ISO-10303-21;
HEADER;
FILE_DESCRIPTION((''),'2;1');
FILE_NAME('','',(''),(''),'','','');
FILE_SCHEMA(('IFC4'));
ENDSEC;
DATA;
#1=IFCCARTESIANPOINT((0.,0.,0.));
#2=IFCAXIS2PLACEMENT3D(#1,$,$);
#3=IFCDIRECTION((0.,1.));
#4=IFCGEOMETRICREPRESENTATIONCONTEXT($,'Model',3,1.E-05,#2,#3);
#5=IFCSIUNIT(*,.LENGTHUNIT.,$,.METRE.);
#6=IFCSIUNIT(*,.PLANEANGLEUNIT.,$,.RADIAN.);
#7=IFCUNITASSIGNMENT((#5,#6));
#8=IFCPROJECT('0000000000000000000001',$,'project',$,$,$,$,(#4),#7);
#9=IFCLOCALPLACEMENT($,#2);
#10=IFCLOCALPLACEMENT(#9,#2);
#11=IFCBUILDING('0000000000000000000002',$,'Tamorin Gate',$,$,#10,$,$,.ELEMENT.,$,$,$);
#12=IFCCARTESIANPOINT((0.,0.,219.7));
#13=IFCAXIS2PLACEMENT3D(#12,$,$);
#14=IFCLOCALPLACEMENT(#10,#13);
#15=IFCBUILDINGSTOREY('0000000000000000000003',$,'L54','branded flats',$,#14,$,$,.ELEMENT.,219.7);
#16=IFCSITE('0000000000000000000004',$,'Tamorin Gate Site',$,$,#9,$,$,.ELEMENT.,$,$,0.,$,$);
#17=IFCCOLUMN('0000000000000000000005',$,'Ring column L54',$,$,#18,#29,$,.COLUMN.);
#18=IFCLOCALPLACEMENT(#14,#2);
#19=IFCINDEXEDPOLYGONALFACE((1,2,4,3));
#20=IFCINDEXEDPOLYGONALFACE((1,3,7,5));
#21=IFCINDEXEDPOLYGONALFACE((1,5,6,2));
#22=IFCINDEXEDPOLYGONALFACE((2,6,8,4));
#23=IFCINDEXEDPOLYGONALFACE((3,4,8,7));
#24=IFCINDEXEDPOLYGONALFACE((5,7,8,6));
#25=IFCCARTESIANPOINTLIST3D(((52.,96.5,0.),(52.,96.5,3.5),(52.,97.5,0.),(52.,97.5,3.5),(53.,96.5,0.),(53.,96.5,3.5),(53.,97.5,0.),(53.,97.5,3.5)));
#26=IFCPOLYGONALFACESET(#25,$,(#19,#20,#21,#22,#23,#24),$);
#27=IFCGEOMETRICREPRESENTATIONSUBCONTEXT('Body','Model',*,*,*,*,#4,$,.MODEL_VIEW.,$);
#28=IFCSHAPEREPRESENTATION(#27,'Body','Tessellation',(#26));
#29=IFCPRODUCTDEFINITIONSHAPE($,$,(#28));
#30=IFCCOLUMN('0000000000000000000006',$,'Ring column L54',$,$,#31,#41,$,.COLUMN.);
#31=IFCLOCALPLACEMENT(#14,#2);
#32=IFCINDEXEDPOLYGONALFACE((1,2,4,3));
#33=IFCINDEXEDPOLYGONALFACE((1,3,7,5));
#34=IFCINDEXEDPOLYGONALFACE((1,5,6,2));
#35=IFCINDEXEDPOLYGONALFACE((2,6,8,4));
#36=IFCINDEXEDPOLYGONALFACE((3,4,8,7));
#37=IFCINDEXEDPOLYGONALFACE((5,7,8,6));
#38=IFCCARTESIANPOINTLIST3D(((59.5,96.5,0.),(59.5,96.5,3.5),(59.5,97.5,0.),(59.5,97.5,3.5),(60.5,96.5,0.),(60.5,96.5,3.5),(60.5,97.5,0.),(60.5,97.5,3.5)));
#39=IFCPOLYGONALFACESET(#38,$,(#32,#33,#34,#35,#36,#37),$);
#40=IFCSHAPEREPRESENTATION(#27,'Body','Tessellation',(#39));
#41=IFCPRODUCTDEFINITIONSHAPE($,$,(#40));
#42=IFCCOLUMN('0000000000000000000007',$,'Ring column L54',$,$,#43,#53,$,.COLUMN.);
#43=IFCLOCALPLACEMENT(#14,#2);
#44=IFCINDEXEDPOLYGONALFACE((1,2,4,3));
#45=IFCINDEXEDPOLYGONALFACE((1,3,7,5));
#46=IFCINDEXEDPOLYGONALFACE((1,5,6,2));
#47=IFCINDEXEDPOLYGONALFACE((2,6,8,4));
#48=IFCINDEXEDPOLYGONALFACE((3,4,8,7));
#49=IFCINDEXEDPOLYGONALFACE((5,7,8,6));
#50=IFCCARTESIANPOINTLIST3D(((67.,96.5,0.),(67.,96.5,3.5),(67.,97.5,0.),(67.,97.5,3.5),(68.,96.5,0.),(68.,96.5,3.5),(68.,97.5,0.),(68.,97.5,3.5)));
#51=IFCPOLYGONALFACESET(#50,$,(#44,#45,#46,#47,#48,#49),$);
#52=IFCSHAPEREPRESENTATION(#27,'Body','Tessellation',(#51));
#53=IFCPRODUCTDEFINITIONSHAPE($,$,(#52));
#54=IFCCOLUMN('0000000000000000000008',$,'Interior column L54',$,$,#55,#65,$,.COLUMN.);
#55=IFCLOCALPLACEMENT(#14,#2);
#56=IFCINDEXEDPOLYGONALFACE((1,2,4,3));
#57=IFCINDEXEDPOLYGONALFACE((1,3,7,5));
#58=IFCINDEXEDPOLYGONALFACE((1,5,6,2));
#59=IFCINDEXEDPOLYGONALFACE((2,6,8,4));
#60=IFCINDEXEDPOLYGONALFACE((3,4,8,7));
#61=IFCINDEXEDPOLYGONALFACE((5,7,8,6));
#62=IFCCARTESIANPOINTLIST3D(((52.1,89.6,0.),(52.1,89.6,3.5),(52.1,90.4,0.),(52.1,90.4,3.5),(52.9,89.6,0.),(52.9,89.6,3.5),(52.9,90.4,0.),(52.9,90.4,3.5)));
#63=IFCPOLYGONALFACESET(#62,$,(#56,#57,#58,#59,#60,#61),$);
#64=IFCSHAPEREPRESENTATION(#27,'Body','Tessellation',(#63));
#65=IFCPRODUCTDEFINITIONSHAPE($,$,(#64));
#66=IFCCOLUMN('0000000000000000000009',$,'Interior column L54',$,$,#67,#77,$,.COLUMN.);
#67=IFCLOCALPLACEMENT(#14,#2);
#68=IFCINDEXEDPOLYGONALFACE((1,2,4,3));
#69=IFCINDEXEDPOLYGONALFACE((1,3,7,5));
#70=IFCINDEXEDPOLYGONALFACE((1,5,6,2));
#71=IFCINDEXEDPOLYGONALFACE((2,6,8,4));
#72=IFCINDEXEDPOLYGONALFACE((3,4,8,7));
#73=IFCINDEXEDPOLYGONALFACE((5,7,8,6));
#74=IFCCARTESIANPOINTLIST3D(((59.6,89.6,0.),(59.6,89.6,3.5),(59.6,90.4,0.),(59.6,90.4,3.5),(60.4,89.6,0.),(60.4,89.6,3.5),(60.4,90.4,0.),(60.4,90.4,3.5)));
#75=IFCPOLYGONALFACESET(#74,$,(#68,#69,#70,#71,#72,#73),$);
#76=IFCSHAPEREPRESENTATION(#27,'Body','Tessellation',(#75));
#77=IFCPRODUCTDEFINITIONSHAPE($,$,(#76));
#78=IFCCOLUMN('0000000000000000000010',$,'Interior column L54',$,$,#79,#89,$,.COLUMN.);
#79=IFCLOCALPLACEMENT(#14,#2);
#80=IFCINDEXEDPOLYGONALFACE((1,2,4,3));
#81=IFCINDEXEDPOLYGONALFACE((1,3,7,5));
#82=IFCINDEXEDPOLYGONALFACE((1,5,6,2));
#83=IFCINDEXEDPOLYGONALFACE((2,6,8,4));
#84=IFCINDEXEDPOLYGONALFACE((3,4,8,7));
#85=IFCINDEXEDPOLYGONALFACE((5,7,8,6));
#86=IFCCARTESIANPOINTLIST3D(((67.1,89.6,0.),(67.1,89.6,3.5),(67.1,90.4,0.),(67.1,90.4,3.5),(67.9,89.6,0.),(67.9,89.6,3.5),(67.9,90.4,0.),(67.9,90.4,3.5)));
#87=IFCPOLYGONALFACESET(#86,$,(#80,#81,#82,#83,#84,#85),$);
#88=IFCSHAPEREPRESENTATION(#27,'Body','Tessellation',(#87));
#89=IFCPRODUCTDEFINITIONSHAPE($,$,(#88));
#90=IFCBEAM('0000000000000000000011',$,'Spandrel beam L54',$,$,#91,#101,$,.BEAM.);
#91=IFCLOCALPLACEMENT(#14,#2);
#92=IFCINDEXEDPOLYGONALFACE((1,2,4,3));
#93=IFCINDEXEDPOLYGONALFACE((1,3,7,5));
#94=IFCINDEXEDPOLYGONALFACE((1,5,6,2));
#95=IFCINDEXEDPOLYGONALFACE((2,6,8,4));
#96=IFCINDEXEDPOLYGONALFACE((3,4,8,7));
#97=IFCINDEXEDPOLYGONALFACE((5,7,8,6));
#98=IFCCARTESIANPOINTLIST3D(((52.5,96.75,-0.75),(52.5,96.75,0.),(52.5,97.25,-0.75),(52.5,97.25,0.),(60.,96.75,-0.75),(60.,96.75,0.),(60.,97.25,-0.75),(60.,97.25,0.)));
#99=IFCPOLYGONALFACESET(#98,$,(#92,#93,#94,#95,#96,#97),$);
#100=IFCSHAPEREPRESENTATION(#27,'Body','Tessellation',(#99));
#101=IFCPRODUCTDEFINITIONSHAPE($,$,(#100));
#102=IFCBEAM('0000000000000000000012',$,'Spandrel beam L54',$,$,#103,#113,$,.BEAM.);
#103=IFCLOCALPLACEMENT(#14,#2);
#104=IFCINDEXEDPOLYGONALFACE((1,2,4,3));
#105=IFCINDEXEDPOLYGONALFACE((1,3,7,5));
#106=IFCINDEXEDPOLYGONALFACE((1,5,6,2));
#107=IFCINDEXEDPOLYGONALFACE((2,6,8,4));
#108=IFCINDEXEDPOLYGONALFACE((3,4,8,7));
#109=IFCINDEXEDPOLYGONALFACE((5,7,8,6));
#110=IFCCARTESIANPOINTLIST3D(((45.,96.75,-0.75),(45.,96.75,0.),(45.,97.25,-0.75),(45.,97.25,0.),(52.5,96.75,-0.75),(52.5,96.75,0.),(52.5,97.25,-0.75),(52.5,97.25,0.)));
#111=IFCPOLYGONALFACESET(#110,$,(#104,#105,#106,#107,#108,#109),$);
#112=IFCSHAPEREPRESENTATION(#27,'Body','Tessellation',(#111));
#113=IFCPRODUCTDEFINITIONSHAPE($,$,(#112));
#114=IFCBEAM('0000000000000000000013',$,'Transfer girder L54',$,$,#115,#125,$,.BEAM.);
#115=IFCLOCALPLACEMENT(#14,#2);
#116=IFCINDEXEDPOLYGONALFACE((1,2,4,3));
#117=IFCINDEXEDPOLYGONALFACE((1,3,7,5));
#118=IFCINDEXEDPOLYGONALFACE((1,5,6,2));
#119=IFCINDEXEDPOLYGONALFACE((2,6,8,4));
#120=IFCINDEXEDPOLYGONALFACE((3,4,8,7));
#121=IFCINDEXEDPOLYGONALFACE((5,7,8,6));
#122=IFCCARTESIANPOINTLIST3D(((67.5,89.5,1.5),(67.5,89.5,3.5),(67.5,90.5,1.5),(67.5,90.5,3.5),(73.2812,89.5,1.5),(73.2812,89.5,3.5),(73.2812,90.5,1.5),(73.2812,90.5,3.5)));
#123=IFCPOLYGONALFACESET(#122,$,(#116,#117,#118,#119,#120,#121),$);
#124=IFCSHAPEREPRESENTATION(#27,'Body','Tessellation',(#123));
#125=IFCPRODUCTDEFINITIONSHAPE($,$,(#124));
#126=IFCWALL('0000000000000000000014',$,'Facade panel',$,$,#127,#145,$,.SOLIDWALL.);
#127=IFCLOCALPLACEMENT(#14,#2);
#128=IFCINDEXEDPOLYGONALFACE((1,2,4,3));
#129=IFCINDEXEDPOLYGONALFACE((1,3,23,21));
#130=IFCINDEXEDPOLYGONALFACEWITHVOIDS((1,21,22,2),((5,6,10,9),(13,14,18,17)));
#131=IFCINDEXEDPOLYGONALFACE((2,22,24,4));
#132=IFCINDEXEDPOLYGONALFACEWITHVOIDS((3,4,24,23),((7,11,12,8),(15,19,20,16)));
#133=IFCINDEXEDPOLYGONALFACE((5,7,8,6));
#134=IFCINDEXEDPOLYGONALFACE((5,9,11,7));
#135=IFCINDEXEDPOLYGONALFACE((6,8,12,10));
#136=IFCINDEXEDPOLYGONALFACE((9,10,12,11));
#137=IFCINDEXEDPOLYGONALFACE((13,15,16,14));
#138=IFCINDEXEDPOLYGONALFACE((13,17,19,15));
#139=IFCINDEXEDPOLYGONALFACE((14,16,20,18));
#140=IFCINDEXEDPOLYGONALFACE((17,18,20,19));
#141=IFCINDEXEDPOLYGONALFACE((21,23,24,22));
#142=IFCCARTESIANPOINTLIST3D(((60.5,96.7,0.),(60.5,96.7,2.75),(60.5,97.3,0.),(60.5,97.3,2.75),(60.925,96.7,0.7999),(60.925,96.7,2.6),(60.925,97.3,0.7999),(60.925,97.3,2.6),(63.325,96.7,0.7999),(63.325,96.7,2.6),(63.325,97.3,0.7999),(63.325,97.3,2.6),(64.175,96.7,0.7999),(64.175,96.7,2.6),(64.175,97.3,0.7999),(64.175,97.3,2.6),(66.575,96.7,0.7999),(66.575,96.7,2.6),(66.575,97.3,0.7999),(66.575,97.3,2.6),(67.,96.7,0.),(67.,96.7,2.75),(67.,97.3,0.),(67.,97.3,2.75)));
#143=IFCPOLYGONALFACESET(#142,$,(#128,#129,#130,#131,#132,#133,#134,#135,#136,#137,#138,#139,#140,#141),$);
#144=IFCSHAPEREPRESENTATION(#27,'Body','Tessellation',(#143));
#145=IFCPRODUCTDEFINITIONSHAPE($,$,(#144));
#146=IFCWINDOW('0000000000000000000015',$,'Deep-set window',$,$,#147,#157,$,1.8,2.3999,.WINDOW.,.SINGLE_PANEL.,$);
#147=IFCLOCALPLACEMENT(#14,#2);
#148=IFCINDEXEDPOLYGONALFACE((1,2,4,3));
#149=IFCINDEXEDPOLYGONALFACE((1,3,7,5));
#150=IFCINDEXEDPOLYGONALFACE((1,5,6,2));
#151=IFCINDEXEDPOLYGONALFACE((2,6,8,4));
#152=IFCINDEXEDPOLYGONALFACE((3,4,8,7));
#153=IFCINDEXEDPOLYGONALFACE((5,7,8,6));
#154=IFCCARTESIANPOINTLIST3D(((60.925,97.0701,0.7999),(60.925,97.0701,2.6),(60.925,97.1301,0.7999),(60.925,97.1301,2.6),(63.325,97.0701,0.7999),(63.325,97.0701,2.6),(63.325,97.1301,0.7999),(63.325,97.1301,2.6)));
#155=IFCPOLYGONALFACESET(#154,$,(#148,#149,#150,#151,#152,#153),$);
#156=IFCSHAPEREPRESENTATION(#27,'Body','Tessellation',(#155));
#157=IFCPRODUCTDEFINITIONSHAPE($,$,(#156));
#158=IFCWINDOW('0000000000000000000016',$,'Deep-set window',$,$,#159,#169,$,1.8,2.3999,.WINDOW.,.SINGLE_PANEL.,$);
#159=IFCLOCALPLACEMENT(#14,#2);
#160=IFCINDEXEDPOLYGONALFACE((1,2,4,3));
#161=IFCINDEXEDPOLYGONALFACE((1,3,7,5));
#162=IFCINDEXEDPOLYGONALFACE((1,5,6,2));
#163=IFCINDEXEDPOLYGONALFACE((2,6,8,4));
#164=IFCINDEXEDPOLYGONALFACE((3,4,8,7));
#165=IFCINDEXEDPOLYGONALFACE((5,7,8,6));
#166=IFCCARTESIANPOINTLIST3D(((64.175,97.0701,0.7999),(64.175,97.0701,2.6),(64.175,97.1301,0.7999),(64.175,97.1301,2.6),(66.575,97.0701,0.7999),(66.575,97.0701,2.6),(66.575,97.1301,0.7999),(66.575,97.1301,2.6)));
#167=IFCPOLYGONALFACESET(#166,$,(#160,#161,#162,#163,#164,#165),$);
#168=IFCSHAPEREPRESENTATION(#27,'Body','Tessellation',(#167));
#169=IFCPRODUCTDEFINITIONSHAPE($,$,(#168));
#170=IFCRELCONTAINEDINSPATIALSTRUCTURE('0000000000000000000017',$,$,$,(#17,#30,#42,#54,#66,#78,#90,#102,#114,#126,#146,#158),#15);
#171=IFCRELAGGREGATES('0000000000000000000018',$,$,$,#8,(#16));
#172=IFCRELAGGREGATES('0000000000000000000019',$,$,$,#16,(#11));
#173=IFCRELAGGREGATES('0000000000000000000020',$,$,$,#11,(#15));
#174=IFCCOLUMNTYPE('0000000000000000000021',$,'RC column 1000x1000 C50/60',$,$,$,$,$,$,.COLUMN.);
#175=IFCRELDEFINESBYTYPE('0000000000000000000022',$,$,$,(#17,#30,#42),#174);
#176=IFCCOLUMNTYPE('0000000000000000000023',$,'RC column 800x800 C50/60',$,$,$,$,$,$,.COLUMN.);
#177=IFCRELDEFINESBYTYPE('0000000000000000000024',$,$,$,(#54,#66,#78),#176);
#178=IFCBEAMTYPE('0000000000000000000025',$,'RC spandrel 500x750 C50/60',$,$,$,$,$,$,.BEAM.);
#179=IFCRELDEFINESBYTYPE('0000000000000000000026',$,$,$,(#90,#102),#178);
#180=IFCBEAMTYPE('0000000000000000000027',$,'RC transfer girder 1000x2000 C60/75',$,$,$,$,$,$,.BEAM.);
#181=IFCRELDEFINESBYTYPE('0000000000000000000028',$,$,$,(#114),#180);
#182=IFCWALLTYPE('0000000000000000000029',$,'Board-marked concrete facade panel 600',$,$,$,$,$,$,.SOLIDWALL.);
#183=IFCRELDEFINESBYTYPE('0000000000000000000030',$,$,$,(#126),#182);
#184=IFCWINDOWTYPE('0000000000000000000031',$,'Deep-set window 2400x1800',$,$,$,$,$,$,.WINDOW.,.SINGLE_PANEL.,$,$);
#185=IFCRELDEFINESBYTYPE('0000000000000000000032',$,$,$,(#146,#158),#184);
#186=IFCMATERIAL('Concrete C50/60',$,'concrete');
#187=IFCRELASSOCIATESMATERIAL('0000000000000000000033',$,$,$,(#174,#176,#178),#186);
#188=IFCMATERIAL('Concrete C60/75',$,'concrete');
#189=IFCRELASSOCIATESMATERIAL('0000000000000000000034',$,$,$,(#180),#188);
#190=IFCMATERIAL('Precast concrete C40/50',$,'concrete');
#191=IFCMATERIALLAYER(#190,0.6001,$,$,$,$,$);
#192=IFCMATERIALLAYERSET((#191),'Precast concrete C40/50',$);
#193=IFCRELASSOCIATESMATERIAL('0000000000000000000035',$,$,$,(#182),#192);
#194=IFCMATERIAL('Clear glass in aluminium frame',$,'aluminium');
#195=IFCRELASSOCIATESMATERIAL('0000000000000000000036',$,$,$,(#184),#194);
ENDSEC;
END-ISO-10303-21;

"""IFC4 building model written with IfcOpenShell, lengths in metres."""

from ifc_helpers import new_model, si_unit, direction, frame, frame_2d, origin, origin_2d, place, context, subcontext, project, spatial, rectangle, extrude, material, layer, layer_set, material_profile, profile_set, type_object, element, fill, save


model = new_model("IFC4")

# Units and contexts
model_context = context("Model", 3, precision=1e-05, world=origin(), true_north=direction((0.0, 1.0)))
body_context = subcontext(model_context, "Body", "Model", "MODEL_VIEW")
ifc_project = project(units=[si_unit("LENGTHUNIT", "METRE"), si_unit("PLANEANGLEUNIT", "RADIAN")], contexts=[model_context])

# Site, building, storey
site_placement = place(None, origin())
site = spatial("IfcSite", under=ifc_project, at=site_placement, Name="Tamorin Gate Site", CompositionType="ELEMENT", RefElevation=0.0)
building_placement = place(site_placement, origin())
building = spatial("IfcBuilding", under=site, at=building_placement, Name="Tamorin Gate", CompositionType="ELEMENT")
storey_placement = place(building_placement, frame((0.0, 0.0, 219.7)))
storey = spatial("IfcBuildingStorey", under=building, at=storey_placement, Name="L54", Description="branded flats", CompositionType="ELEMENT", Elevation=219.7)

# Columns
ifc_material_1 = material(Name="Concrete C50/60", Category="concrete")
ifc_material_profile_1 = material_profile(ifc_material_1, rectangle(XDim=1.0, YDim=1.0, at=origin_2d()), Name="RC 1000x1000")
ifc_profile_set_1 = profile_set([ifc_material_profile_1], Name="Concrete C50/60")
column_type_1 = type_object("IfcColumnType", Name="RC column 1000x1000 C50/60", PredefinedType="COLUMN", material=ifc_profile_set_1)
for number, where, z_axis, x_axis, name in (
    (1, (52.5, 97.0, 0.0), (0.0, 0.0, 1.0), (1.0, 0.0, 0.0), "Ring column L54"),
    (2, (60.0, 97.0, 0.0), (0.0, 0.0, 1.0), (1.0, 0.0, 0.0), "Ring column L54"),
    (3, (67.5, 97.0, 0.0), (0.0, 0.0, 1.0), (1.0, 0.0, 0.0), "Ring column L54"),
):
    element("IfcColumn", number, at=place(storey_placement, frame(where, z_axis=z_axis, x_axis=x_axis)), inside=storey, type_object=column_type_1, Name=name, PredefinedType="COLUMN", context=body_context, shape_type="SweptSolid", body=[
        extrude(rectangle(XDim=1.0, YDim=1.0, at=origin_2d()), origin(), (0.0, 0.0, 1.0), 3.5),
    ])
ifc_material_profile_2 = material_profile(ifc_material_1, rectangle(XDim=0.8, YDim=0.8, at=origin_2d()), Name="RC 800x800")
ifc_profile_set_2 = profile_set([ifc_material_profile_2], Name="Concrete C50/60")
column_type_2 = type_object("IfcColumnType", Name="RC column 800x800 C50/60", PredefinedType="COLUMN", material=ifc_profile_set_2)
for number, where, z_axis, x_axis, name in (
    (4, (52.5, 90.0, 0.0), (0.0, 0.0, 1.0), (1.0, 0.0, 0.0), "Interior column L54"),
    (5, (60.0, 90.0, 0.0), (0.0, 0.0, 1.0), (1.0, 0.0, 0.0), "Interior column L54"),
    (6, (67.5, 90.0, 0.0), (0.0, 0.0, 1.0), (1.0, 0.0, 0.0), "Interior column L54"),
):
    element("IfcColumn", number, at=place(storey_placement, frame(where, z_axis=z_axis, x_axis=x_axis)), inside=storey, type_object=column_type_2, Name=name, PredefinedType="COLUMN", context=body_context, shape_type="SweptSolid", body=[
        extrude(rectangle(XDim=0.8, YDim=0.8, at=origin_2d()), origin(), (0.0, 0.0, 1.0), 3.5),
    ])

# Beams
ifc_material_profile_3 = material_profile(ifc_material_1, rectangle(XDim=0.5, YDim=0.75, at=origin_2d()), Name="RC 500x750")
ifc_profile_set_3 = profile_set([ifc_material_profile_3], Name="Concrete C50/60")
beam_type_1 = type_object("IfcBeamType", Name="RC spandrel 500x750 C50/60", PredefinedType="BEAM", material=ifc_profile_set_3)
for number, where, z_axis, x_axis, name in (
    (7, (60.0, 97.0, -0.375), (-1.0, 0.0, 0.0), (0.0, -1.0, 0.0), "Spandrel beam L54"),
    (8, (52.5, 97.0, -0.375), (-1.0, 0.0, 0.0), (0.0, -1.0, 0.0), "Spandrel beam L54"),
):
    element("IfcBeam", number, at=place(storey_placement, frame(where, z_axis=z_axis, x_axis=x_axis)), inside=storey, type_object=beam_type_1, Name=name, PredefinedType="BEAM", context=body_context, shape_type="SweptSolid", body=[
        extrude(rectangle(XDim=0.5, YDim=0.75, at=origin_2d()), origin(), (0.0, 0.0, 1.0), 7.5),
    ])
ifc_material_2 = material(Name="Concrete C60/75", Category="concrete")
ifc_material_profile_4 = material_profile(ifc_material_2, rectangle(XDim=1.0, YDim=2.0, at=origin_2d()), Name="RC 1000x2000")
ifc_profile_set_4 = profile_set([ifc_material_profile_4], Name="Concrete C60/75")
beam_type_2 = type_object("IfcBeamType", Name="RC transfer girder 1000x2000 C60/75", PredefinedType="BEAM", material=ifc_profile_set_4)
beam_placement = place(storey_placement, frame((67.5, 90.0, 2.5), z_axis=(1.0, 0.0, 0.0), x_axis=(0.0, 1.0, 0.0)))
element("IfcBeam", 9, at=beam_placement, inside=storey, type_object=beam_type_2, Name="Transfer girder L54", PredefinedType="BEAM", context=body_context, shape_type="SweptSolid", body=[
    extrude(rectangle(XDim=1.0, YDim=2.0, at=origin_2d()), origin(), (0.0, 0.0, 1.0), 5.7812),
])

# Wall, openings, windows
ifc_material_3 = material(Name="Precast concrete C40/50", Category="concrete")
ifc_layer_1 = layer(ifc_material_3, 0.6001)
ifc_layer_set_1 = layer_set([ifc_layer_1], Name="Precast concrete C40/50")
wall_type_1 = type_object("IfcWallType", Name="Board-marked concrete facade panel 600", PredefinedType="SOLIDWALL", material=ifc_layer_set_1)
wall_1_placement = place(storey_placement, frame((67.0, 97.0, 0.0), z_axis=(0.0, 0.0, 1.0), x_axis=(-1.0, 0.0, 0.0)))
wall_1 = element("IfcWall", 10, at=wall_1_placement, inside=storey, type_object=wall_type_1, Name="Facade panel", PredefinedType="SOLIDWALL", context=body_context, shape_type="SweptSolid", body=[
    extrude(rectangle(XDim=6.5, YDim=0.6001, at=frame_2d((3.25, 0.0))), origin(), (0.0, 0.0, 1.0), 2.75),
])
opening_1_placement = place(wall_1_placement, frame((3.675, 0.0, 0.8)))
opening_1 = element("IfcOpeningElement", 11, at=opening_1_placement, cuts=wall_1, PredefinedType="OPENING", context=body_context, shape_type="SweptSolid", body=[
    extrude(rectangle(XDim=2.3999, YDim=1.8, at=frame_2d((1.2, 0.8999))), frame((0.0, 0.3101, 0.0), z_axis=(0.0, -1.0, 0.0), x_axis=(1.0, 0.0, 0.0)), (0.0, 0.0, 1.0), 0.6201),
])
opening_2_placement = place(wall_1_placement, frame((0.425, 0.0, 0.8)))
opening_2 = element("IfcOpeningElement", 12, at=opening_2_placement, cuts=wall_1, PredefinedType="OPENING", context=body_context, shape_type="SweptSolid", body=[
    extrude(rectangle(XDim=2.3999, YDim=1.8, at=frame_2d((1.2, 0.8999))), frame((0.0, 0.3101, 0.0), z_axis=(0.0, -1.0, 0.0), x_axis=(1.0, 0.0, 0.0)), (0.0, 0.0, 1.0), 0.6201),
])
ifc_material_4 = material(Name="Clear glass in aluminium frame", Category="aluminium")
window_type = type_object("IfcWindowType", Name="Deep-set window 2400x1800", PartitioningType="SINGLE_PANEL", PredefinedType="WINDOW", material=ifc_material_4)
window_1_placement = place(opening_1_placement, origin())
window_1 = element("IfcWindow", 13, at=window_1_placement, inside=storey, type_object=window_type, Name="Deep-set window", OverallHeight=1.8, OverallWidth=2.3999, PartitioningType="SINGLE_PANEL", PredefinedType="WINDOW", context=body_context, shape_type="SweptSolid", body=[
    extrude(rectangle(XDim=2.3999, YDim=1.8, at=frame_2d((1.2, 0.8999))), frame((0.0, -0.0701, 0.0), z_axis=(0.0, -1.0, 0.0), x_axis=(1.0, 0.0, 0.0)), (0.0, 0.0, 1.0), 0.0601),
])
fill(opening_1, window_1)
window_2_placement = place(opening_2_placement, origin())
window_2 = element("IfcWindow", 14, at=window_2_placement, inside=storey, type_object=window_type, Name="Deep-set window", OverallHeight=1.8, OverallWidth=2.3999, PartitioningType="SINGLE_PANEL", PredefinedType="WINDOW", context=body_context, shape_type="SweptSolid", body=[
    extrude(rectangle(XDim=2.3999, YDim=1.8, at=frame_2d((1.2, 0.8999))), frame((0.0, -0.0701, 0.0), z_axis=(0.0, -1.0, 0.0), x_axis=(1.0, 0.0, 0.0)), (0.0, 0.0, 1.0), 0.0601),
])
fill(opening_2, window_2)

save(model, "model.ifc")
